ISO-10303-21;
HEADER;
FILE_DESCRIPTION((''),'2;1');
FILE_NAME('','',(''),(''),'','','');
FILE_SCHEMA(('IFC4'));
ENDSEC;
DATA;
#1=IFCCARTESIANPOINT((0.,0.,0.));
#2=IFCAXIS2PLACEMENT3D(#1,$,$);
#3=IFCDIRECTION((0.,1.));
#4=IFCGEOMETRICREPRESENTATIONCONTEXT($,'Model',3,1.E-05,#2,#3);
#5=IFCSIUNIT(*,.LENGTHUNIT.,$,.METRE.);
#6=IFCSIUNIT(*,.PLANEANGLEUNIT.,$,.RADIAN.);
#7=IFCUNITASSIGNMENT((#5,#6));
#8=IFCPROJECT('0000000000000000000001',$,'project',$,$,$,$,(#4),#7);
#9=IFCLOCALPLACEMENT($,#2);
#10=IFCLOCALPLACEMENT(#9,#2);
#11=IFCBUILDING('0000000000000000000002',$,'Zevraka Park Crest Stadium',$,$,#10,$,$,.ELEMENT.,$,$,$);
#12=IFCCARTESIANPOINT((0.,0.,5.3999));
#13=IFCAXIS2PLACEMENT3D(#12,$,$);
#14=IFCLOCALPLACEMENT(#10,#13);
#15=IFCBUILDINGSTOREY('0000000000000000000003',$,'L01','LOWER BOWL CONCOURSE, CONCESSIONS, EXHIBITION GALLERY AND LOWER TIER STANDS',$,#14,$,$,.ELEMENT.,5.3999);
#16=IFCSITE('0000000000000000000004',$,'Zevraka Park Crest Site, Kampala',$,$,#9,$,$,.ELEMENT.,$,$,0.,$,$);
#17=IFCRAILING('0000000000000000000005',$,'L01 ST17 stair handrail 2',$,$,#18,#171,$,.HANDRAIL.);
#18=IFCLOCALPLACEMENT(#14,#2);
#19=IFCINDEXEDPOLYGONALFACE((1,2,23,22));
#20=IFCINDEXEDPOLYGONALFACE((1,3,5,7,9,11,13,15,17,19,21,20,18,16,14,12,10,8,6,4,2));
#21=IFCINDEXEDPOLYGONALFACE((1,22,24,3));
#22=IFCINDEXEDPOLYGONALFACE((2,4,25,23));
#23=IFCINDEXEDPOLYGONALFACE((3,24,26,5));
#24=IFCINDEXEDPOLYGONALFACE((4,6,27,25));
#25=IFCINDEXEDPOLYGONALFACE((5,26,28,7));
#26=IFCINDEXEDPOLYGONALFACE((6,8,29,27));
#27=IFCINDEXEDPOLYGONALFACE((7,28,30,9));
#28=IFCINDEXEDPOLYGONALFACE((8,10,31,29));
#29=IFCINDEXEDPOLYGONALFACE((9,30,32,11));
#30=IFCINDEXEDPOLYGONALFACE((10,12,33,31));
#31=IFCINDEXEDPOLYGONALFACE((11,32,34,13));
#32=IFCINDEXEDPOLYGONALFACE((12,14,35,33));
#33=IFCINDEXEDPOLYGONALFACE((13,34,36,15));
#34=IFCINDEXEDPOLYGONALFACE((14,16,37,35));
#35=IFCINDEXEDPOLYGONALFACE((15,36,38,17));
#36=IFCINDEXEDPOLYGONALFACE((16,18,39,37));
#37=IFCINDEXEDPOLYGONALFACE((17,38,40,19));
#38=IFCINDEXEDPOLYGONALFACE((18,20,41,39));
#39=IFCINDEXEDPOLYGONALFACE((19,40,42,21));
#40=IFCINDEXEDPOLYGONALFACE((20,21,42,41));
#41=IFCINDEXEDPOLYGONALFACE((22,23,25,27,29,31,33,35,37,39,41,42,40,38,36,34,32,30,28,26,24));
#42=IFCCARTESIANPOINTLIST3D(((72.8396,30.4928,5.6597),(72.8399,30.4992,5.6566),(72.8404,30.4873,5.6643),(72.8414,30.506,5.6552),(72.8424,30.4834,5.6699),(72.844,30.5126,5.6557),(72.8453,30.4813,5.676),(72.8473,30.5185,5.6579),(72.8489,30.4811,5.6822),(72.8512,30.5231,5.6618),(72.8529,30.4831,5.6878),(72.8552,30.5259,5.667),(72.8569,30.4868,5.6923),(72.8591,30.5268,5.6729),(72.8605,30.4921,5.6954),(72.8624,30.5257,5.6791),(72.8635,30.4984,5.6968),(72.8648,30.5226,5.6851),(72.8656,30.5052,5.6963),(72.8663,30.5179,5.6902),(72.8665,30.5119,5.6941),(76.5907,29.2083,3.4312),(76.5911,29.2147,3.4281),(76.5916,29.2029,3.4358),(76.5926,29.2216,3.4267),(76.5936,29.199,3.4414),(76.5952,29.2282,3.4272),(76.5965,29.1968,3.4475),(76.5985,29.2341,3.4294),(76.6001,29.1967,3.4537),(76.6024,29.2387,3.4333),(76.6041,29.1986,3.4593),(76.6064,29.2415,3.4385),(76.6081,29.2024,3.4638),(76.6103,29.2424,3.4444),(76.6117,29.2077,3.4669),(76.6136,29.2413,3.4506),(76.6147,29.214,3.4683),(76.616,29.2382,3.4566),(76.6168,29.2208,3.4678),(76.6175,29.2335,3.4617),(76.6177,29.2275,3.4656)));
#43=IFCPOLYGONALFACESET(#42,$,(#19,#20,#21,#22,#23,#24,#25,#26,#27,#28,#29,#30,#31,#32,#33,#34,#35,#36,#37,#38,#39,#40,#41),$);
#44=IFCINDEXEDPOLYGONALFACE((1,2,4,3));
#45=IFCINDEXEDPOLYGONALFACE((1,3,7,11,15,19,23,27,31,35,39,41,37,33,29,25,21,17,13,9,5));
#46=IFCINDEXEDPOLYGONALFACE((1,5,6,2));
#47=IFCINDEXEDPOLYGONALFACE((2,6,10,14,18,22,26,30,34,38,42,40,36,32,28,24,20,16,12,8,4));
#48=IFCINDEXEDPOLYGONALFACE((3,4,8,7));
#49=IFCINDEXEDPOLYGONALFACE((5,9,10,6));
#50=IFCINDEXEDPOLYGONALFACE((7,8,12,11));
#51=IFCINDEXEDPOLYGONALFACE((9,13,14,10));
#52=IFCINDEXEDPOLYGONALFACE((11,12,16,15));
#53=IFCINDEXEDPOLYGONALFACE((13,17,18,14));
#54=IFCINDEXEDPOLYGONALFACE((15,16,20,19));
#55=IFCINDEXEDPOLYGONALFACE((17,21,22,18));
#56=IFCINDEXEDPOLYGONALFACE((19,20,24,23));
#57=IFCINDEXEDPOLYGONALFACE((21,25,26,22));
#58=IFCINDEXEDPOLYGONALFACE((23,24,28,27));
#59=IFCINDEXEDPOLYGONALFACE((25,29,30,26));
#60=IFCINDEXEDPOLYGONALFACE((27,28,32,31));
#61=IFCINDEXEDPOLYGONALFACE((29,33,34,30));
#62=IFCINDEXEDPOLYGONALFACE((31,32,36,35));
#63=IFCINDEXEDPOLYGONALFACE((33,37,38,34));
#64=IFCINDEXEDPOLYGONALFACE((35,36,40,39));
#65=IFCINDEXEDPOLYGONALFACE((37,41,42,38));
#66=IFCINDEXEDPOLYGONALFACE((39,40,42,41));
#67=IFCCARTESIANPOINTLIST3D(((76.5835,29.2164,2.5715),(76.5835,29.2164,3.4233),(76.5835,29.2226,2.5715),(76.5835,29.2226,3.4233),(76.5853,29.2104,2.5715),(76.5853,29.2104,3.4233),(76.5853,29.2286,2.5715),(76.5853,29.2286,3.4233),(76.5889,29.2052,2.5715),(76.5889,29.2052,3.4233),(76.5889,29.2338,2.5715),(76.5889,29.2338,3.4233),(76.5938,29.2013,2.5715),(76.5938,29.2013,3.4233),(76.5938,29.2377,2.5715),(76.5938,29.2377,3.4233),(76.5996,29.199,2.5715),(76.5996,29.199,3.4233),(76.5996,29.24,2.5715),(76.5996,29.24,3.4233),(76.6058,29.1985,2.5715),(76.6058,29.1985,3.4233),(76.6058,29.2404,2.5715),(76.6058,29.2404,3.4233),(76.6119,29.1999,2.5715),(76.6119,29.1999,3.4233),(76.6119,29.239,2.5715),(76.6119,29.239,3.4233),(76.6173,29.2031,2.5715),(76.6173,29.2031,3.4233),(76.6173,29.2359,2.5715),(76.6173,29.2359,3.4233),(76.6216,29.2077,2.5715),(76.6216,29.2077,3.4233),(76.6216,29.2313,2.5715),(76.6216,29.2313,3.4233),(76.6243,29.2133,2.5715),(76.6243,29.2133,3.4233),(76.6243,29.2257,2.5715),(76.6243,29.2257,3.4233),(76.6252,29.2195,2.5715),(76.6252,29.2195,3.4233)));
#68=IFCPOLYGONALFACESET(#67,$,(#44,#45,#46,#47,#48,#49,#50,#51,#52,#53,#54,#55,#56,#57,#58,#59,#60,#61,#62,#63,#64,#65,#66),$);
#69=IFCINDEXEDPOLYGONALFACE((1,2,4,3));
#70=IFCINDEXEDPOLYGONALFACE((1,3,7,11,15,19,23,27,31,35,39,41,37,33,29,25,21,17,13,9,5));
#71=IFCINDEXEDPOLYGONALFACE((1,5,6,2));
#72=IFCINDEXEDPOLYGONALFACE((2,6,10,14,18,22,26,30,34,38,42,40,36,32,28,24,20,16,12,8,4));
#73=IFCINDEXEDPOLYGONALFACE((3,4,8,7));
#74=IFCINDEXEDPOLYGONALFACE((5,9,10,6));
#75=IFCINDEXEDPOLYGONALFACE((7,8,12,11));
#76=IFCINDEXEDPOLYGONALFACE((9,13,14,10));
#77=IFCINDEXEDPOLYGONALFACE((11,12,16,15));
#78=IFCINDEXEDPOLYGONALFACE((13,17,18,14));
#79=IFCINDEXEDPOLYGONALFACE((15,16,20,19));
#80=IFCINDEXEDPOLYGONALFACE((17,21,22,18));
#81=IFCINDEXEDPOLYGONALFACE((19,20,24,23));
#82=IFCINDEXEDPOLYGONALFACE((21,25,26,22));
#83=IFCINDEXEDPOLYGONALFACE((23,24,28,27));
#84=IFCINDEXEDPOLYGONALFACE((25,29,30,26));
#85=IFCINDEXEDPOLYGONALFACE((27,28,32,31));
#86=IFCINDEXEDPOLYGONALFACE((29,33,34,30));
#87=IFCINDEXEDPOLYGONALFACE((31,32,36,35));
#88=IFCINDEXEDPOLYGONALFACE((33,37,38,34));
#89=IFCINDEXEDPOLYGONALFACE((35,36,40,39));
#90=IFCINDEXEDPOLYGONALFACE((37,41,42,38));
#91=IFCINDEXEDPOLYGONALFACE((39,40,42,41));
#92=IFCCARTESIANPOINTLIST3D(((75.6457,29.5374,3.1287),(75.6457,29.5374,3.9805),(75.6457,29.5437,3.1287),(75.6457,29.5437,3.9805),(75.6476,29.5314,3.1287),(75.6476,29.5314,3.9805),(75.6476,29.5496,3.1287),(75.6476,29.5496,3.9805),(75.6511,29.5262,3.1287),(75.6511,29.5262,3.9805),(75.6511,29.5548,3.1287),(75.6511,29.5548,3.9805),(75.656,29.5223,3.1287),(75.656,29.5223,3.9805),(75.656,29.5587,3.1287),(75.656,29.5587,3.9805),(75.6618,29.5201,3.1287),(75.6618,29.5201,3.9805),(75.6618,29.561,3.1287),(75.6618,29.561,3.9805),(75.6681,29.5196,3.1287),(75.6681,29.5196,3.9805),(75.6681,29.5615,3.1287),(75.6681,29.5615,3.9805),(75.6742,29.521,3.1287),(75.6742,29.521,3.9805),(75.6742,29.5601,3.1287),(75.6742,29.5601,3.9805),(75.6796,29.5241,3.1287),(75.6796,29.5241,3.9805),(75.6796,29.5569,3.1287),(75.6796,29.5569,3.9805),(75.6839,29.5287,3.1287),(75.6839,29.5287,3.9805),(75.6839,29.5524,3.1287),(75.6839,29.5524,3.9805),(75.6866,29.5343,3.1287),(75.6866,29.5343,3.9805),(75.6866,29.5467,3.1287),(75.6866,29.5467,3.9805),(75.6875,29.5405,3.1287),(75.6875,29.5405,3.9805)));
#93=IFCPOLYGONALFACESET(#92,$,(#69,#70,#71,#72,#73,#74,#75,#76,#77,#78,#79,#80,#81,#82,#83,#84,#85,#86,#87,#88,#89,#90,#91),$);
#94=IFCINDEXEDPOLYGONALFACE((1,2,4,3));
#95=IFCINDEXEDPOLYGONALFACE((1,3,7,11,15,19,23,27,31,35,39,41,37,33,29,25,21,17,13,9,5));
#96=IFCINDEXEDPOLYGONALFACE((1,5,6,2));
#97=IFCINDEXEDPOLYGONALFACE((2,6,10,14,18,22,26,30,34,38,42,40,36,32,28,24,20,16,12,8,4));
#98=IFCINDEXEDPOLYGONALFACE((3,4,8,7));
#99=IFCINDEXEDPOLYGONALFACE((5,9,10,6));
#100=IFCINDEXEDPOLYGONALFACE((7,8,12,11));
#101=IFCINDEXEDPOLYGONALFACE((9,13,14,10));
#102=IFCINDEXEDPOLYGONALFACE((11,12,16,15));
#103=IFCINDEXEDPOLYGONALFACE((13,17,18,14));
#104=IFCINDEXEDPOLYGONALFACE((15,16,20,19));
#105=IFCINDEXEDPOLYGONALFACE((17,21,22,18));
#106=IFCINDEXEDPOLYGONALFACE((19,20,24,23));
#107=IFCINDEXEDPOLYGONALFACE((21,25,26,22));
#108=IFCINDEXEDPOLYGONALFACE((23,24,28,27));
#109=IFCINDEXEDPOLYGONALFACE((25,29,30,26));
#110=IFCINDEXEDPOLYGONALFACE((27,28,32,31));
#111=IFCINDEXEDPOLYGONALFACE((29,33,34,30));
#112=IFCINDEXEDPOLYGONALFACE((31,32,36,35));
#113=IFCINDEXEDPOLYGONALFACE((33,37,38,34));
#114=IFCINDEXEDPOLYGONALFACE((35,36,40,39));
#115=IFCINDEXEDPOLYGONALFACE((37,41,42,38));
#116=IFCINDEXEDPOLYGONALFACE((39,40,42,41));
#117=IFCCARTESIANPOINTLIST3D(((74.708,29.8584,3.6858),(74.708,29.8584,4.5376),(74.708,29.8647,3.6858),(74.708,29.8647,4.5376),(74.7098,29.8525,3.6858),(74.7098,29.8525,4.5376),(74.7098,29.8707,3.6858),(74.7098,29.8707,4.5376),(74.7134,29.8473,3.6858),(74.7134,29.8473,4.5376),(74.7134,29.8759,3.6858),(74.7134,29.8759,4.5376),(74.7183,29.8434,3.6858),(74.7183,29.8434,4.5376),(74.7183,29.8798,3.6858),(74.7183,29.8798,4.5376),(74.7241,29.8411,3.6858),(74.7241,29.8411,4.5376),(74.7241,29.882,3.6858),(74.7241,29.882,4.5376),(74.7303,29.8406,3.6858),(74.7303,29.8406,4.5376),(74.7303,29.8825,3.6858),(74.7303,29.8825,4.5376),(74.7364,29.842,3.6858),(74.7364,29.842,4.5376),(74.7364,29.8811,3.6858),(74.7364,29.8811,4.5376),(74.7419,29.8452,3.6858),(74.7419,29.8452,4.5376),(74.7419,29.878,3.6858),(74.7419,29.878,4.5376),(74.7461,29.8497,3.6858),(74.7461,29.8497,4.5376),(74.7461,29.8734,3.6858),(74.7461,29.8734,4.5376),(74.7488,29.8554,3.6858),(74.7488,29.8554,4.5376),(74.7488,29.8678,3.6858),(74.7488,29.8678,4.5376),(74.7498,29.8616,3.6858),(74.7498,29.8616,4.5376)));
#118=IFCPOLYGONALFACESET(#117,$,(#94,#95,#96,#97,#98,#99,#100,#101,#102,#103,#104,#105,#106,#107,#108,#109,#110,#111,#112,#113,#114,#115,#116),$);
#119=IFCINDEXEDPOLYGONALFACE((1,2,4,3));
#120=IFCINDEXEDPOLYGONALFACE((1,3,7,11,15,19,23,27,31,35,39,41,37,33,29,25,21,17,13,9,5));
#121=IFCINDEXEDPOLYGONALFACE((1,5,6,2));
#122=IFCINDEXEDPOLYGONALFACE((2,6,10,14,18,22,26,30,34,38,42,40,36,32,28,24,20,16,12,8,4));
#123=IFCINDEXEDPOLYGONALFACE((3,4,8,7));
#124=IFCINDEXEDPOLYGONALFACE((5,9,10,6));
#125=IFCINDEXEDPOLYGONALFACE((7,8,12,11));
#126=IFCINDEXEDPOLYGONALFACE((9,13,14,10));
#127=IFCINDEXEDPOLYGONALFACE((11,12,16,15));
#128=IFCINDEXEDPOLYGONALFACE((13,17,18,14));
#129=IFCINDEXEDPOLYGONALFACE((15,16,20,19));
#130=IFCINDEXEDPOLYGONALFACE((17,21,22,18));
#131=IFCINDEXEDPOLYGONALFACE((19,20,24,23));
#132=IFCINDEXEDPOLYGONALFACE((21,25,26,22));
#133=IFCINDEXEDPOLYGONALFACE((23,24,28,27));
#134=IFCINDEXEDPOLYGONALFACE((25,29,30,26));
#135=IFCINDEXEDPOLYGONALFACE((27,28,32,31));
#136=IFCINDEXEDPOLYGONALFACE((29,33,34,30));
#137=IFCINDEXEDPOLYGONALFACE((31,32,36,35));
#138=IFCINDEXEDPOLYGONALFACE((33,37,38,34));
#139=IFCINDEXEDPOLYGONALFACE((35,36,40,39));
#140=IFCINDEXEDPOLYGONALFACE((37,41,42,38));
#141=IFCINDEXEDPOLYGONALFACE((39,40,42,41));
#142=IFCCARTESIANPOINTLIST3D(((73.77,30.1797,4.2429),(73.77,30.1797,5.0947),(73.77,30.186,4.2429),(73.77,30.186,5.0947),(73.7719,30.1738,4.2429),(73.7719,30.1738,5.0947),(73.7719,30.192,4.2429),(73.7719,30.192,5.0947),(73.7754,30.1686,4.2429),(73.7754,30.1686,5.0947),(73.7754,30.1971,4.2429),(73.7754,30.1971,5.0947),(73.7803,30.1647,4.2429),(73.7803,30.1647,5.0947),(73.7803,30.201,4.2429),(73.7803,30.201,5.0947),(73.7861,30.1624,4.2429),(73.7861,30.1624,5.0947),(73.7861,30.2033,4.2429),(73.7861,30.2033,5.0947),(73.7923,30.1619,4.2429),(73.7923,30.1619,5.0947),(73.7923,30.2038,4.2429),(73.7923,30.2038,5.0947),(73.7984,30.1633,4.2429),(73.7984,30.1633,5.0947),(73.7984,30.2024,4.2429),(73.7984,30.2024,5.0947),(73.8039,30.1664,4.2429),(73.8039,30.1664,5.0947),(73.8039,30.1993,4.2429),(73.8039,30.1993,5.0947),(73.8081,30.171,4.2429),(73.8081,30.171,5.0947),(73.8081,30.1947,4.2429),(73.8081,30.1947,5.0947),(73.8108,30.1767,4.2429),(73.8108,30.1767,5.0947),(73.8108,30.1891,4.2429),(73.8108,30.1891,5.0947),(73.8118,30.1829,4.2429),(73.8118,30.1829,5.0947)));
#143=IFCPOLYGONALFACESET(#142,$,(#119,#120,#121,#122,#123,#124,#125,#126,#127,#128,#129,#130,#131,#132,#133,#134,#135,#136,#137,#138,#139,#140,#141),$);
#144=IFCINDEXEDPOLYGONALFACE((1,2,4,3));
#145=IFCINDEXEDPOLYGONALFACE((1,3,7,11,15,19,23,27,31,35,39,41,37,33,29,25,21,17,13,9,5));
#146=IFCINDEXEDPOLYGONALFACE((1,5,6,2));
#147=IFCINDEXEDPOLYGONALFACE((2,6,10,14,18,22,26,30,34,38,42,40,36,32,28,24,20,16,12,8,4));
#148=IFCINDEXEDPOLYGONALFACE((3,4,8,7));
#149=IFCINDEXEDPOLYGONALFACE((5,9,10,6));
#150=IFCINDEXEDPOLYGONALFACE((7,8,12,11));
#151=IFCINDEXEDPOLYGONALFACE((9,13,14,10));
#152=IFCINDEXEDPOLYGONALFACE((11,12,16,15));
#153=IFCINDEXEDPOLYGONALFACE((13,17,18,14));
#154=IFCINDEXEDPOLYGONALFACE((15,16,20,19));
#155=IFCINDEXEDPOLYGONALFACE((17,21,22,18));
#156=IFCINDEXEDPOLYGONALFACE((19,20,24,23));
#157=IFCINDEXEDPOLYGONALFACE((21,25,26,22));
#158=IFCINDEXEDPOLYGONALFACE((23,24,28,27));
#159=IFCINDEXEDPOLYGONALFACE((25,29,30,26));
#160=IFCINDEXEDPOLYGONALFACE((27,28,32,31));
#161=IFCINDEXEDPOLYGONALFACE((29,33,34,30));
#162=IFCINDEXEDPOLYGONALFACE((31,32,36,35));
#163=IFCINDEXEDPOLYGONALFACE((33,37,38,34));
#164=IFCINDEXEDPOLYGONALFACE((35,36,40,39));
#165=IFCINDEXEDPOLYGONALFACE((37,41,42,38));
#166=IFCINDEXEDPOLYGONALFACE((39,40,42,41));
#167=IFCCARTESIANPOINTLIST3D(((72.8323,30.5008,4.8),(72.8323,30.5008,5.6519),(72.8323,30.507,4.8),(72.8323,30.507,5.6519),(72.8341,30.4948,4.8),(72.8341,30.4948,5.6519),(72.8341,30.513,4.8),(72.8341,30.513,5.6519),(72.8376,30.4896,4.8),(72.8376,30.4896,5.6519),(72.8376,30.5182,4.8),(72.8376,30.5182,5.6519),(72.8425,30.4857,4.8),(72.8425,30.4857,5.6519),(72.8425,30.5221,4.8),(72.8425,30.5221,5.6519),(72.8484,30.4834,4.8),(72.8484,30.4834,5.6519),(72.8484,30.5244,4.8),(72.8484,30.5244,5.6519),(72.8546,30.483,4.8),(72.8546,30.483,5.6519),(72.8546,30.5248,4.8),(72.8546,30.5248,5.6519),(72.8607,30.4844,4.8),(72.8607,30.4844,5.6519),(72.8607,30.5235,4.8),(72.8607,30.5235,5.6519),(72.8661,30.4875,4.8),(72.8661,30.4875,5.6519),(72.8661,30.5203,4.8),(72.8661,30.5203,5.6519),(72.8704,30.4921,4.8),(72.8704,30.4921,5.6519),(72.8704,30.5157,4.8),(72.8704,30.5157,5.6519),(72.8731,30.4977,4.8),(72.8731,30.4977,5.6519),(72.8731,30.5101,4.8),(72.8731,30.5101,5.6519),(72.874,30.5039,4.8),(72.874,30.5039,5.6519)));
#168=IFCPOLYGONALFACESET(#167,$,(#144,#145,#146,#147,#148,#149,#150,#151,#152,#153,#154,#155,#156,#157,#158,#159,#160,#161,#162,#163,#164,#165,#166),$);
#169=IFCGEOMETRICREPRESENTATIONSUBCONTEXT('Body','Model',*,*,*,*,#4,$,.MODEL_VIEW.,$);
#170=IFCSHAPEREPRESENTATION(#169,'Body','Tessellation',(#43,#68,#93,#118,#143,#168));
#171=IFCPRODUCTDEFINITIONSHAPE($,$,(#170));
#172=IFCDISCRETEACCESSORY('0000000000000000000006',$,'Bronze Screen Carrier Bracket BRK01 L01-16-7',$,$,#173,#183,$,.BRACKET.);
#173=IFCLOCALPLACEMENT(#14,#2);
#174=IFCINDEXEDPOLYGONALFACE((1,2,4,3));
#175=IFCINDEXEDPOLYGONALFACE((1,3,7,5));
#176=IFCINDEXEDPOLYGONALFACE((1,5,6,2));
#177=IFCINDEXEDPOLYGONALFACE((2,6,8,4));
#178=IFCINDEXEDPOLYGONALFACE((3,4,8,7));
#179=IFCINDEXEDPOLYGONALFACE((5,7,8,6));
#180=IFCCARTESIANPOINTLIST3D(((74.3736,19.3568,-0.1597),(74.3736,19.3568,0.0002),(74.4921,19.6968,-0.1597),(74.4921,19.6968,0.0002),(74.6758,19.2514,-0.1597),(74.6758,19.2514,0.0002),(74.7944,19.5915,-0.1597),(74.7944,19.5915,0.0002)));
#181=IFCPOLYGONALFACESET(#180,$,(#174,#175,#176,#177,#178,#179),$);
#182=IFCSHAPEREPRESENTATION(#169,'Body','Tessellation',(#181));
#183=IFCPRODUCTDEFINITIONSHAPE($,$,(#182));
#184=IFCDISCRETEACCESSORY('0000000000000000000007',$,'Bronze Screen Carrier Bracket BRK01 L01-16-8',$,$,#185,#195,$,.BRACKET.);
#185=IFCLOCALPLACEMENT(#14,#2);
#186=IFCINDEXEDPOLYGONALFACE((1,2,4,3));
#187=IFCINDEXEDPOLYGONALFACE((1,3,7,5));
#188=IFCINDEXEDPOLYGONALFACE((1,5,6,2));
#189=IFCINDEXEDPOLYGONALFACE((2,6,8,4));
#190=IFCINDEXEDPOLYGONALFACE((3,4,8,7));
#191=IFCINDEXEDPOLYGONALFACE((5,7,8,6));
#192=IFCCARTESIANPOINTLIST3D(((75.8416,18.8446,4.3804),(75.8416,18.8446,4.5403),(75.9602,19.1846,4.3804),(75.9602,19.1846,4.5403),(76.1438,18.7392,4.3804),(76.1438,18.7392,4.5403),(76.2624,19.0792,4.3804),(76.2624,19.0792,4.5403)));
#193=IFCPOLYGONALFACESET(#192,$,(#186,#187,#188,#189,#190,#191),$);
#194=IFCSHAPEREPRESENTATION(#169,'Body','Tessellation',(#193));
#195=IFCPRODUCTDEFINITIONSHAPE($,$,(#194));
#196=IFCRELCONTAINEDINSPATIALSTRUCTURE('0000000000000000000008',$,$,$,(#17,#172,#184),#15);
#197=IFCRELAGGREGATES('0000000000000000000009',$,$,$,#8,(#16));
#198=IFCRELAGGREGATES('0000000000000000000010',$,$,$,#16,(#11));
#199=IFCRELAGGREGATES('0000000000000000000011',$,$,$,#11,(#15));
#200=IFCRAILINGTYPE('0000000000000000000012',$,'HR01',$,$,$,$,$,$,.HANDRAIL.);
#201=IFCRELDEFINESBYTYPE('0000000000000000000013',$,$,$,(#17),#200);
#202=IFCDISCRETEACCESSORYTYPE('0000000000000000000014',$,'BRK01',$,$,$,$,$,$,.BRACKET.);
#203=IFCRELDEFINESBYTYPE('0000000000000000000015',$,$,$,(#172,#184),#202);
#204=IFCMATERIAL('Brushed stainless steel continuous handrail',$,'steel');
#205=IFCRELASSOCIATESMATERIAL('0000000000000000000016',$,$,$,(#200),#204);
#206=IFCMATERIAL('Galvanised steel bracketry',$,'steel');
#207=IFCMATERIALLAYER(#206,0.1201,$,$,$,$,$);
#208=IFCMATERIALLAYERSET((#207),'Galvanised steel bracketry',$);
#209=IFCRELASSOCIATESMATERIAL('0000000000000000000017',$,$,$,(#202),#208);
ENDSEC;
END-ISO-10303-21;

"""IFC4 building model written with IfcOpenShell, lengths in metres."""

from ifc_helpers import new_model, si_unit, direction, frame, origin, origin_2d, place, context, subcontext, project, spatial, rectangle, circle, extrude, material, layer, layer_set, type_object, element, save


model = new_model("IFC4")

# Units and contexts
model_context = context("Model", 3, precision=1e-05, world=origin(), true_north=direction((0.0, 1.0)))
body_context = subcontext(model_context, "Body", "Model", "MODEL_VIEW")
ifc_project = project(units=[si_unit("LENGTHUNIT", "METRE"), si_unit("PLANEANGLEUNIT", "RADIAN")], contexts=[model_context])

# Site, building, storey
site_placement = place(None, origin())
site = spatial("IfcSite", under=ifc_project, at=site_placement, Name="Zevraka Park Crest Site, Kampala", CompositionType="ELEMENT", RefElevation=0.0)
building_placement = place(site_placement, origin())
building = spatial("IfcBuilding", under=site, at=building_placement, Name="Zevraka Park Crest Stadium", CompositionType="ELEMENT")
storey_placement = place(building_placement, frame((0.0, 0.0, 5.3999)))
storey = spatial("IfcBuildingStorey", under=building, at=storey_placement, Name="L01", Description="LOWER BOWL CONCOURSE, CONCESSIONS, EXHIBITION GALLERY AND LOWER TIER STANDS", CompositionType="ELEMENT", Elevation=5.3999)

# Railing
ifc_material_1 = material(Name="Brushed stainless steel continuous handrail", Category="steel")
railing_type_1 = type_object("IfcRailingType", Name="HR01", PredefinedType="HANDRAIL", material=ifc_material_1)
railing_1_placement = place(storey_placement, frame((76.6042, 29.2195, 2.5715)))
element("IfcRailing", 1, at=railing_1_placement, inside=storey, type_object=railing_type_1, Name="L01 ST17 stair handrail 2", PredefinedType="HANDRAIL", context=body_context, shape_type="SweptSolid", body=[
    extrude(circle(Radius=0.0239, at=origin_2d()), frame((0.0, 0.0, 0.876), z_axis=(-0.824739, 0.282392, 0.489959), x_axis=(-0.323939, -0.946078, 0.0)), (0.0, 0.0, 1.0), 4.5483),
    extrude(circle(Radius=0.021, at=origin_2d()), origin(), (0.0, 0.0, 1.0), 0.8518),
    extrude(circle(Radius=0.021, at=origin_2d()), frame((-0.9377, 0.321, 0.5571)), (0.0, 0.0, 1.0), 0.8518),
    extrude(circle(Radius=0.021, at=origin_2d()), frame((-1.8755, 0.6421, 1.1143)), (0.0, 0.0, 1.0), 0.8518),
    extrude(circle(Radius=0.021, at=origin_2d()), frame((-2.8135, 0.9634, 1.6714)), (0.0, 0.0, 1.0), 0.8518),
    extrude(circle(Radius=0.021, at=origin_2d()), frame((-3.7512, 1.2844, 2.2285)), (0.0, 0.0, 1.0), 0.8518),
])

# Discrete accessories
ifc_material_2 = material(Name="Galvanised steel bracketry", Category="steel")
ifc_layer_1 = layer(ifc_material_2, 0.1201)
ifc_layer_set_1 = layer_set([ifc_layer_1], Name="Galvanised steel bracketry")
discrete_accessory_type = type_object("IfcDiscreteAccessoryType", Name="BRK01", PredefinedType="BRACKET", material=ifc_layer_set_1)
for number, where, z_axis, x_axis, name in (
    (2, (74.584, 19.4741, -0.1597), (0.0, 0.0, 1.0), (0.944262, -0.329196, 0.0), "Bronze Screen Carrier Bracket BRK01 L01-16-7"),
    (3, (76.052, 18.9619, 4.3804), (0.0, 0.0, 1.0), (0.944262, -0.329196, 0.0), "Bronze Screen Carrier Bracket BRK01 L01-16-8"),
):
    element("IfcDiscreteAccessory", number, at=place(storey_placement, frame(where, z_axis=z_axis, x_axis=x_axis)), inside=storey, type_object=discrete_accessory_type, Name=name, PredefinedType="BRACKET", context=body_context, shape_type="SweptSolid", body=[
        extrude(rectangle(XDim=0.3201, YDim=0.3601, at=origin_2d()), origin(), (0.0, 0.0, 1.0), 0.1599),
    ])

save(model, "model.ifc")
